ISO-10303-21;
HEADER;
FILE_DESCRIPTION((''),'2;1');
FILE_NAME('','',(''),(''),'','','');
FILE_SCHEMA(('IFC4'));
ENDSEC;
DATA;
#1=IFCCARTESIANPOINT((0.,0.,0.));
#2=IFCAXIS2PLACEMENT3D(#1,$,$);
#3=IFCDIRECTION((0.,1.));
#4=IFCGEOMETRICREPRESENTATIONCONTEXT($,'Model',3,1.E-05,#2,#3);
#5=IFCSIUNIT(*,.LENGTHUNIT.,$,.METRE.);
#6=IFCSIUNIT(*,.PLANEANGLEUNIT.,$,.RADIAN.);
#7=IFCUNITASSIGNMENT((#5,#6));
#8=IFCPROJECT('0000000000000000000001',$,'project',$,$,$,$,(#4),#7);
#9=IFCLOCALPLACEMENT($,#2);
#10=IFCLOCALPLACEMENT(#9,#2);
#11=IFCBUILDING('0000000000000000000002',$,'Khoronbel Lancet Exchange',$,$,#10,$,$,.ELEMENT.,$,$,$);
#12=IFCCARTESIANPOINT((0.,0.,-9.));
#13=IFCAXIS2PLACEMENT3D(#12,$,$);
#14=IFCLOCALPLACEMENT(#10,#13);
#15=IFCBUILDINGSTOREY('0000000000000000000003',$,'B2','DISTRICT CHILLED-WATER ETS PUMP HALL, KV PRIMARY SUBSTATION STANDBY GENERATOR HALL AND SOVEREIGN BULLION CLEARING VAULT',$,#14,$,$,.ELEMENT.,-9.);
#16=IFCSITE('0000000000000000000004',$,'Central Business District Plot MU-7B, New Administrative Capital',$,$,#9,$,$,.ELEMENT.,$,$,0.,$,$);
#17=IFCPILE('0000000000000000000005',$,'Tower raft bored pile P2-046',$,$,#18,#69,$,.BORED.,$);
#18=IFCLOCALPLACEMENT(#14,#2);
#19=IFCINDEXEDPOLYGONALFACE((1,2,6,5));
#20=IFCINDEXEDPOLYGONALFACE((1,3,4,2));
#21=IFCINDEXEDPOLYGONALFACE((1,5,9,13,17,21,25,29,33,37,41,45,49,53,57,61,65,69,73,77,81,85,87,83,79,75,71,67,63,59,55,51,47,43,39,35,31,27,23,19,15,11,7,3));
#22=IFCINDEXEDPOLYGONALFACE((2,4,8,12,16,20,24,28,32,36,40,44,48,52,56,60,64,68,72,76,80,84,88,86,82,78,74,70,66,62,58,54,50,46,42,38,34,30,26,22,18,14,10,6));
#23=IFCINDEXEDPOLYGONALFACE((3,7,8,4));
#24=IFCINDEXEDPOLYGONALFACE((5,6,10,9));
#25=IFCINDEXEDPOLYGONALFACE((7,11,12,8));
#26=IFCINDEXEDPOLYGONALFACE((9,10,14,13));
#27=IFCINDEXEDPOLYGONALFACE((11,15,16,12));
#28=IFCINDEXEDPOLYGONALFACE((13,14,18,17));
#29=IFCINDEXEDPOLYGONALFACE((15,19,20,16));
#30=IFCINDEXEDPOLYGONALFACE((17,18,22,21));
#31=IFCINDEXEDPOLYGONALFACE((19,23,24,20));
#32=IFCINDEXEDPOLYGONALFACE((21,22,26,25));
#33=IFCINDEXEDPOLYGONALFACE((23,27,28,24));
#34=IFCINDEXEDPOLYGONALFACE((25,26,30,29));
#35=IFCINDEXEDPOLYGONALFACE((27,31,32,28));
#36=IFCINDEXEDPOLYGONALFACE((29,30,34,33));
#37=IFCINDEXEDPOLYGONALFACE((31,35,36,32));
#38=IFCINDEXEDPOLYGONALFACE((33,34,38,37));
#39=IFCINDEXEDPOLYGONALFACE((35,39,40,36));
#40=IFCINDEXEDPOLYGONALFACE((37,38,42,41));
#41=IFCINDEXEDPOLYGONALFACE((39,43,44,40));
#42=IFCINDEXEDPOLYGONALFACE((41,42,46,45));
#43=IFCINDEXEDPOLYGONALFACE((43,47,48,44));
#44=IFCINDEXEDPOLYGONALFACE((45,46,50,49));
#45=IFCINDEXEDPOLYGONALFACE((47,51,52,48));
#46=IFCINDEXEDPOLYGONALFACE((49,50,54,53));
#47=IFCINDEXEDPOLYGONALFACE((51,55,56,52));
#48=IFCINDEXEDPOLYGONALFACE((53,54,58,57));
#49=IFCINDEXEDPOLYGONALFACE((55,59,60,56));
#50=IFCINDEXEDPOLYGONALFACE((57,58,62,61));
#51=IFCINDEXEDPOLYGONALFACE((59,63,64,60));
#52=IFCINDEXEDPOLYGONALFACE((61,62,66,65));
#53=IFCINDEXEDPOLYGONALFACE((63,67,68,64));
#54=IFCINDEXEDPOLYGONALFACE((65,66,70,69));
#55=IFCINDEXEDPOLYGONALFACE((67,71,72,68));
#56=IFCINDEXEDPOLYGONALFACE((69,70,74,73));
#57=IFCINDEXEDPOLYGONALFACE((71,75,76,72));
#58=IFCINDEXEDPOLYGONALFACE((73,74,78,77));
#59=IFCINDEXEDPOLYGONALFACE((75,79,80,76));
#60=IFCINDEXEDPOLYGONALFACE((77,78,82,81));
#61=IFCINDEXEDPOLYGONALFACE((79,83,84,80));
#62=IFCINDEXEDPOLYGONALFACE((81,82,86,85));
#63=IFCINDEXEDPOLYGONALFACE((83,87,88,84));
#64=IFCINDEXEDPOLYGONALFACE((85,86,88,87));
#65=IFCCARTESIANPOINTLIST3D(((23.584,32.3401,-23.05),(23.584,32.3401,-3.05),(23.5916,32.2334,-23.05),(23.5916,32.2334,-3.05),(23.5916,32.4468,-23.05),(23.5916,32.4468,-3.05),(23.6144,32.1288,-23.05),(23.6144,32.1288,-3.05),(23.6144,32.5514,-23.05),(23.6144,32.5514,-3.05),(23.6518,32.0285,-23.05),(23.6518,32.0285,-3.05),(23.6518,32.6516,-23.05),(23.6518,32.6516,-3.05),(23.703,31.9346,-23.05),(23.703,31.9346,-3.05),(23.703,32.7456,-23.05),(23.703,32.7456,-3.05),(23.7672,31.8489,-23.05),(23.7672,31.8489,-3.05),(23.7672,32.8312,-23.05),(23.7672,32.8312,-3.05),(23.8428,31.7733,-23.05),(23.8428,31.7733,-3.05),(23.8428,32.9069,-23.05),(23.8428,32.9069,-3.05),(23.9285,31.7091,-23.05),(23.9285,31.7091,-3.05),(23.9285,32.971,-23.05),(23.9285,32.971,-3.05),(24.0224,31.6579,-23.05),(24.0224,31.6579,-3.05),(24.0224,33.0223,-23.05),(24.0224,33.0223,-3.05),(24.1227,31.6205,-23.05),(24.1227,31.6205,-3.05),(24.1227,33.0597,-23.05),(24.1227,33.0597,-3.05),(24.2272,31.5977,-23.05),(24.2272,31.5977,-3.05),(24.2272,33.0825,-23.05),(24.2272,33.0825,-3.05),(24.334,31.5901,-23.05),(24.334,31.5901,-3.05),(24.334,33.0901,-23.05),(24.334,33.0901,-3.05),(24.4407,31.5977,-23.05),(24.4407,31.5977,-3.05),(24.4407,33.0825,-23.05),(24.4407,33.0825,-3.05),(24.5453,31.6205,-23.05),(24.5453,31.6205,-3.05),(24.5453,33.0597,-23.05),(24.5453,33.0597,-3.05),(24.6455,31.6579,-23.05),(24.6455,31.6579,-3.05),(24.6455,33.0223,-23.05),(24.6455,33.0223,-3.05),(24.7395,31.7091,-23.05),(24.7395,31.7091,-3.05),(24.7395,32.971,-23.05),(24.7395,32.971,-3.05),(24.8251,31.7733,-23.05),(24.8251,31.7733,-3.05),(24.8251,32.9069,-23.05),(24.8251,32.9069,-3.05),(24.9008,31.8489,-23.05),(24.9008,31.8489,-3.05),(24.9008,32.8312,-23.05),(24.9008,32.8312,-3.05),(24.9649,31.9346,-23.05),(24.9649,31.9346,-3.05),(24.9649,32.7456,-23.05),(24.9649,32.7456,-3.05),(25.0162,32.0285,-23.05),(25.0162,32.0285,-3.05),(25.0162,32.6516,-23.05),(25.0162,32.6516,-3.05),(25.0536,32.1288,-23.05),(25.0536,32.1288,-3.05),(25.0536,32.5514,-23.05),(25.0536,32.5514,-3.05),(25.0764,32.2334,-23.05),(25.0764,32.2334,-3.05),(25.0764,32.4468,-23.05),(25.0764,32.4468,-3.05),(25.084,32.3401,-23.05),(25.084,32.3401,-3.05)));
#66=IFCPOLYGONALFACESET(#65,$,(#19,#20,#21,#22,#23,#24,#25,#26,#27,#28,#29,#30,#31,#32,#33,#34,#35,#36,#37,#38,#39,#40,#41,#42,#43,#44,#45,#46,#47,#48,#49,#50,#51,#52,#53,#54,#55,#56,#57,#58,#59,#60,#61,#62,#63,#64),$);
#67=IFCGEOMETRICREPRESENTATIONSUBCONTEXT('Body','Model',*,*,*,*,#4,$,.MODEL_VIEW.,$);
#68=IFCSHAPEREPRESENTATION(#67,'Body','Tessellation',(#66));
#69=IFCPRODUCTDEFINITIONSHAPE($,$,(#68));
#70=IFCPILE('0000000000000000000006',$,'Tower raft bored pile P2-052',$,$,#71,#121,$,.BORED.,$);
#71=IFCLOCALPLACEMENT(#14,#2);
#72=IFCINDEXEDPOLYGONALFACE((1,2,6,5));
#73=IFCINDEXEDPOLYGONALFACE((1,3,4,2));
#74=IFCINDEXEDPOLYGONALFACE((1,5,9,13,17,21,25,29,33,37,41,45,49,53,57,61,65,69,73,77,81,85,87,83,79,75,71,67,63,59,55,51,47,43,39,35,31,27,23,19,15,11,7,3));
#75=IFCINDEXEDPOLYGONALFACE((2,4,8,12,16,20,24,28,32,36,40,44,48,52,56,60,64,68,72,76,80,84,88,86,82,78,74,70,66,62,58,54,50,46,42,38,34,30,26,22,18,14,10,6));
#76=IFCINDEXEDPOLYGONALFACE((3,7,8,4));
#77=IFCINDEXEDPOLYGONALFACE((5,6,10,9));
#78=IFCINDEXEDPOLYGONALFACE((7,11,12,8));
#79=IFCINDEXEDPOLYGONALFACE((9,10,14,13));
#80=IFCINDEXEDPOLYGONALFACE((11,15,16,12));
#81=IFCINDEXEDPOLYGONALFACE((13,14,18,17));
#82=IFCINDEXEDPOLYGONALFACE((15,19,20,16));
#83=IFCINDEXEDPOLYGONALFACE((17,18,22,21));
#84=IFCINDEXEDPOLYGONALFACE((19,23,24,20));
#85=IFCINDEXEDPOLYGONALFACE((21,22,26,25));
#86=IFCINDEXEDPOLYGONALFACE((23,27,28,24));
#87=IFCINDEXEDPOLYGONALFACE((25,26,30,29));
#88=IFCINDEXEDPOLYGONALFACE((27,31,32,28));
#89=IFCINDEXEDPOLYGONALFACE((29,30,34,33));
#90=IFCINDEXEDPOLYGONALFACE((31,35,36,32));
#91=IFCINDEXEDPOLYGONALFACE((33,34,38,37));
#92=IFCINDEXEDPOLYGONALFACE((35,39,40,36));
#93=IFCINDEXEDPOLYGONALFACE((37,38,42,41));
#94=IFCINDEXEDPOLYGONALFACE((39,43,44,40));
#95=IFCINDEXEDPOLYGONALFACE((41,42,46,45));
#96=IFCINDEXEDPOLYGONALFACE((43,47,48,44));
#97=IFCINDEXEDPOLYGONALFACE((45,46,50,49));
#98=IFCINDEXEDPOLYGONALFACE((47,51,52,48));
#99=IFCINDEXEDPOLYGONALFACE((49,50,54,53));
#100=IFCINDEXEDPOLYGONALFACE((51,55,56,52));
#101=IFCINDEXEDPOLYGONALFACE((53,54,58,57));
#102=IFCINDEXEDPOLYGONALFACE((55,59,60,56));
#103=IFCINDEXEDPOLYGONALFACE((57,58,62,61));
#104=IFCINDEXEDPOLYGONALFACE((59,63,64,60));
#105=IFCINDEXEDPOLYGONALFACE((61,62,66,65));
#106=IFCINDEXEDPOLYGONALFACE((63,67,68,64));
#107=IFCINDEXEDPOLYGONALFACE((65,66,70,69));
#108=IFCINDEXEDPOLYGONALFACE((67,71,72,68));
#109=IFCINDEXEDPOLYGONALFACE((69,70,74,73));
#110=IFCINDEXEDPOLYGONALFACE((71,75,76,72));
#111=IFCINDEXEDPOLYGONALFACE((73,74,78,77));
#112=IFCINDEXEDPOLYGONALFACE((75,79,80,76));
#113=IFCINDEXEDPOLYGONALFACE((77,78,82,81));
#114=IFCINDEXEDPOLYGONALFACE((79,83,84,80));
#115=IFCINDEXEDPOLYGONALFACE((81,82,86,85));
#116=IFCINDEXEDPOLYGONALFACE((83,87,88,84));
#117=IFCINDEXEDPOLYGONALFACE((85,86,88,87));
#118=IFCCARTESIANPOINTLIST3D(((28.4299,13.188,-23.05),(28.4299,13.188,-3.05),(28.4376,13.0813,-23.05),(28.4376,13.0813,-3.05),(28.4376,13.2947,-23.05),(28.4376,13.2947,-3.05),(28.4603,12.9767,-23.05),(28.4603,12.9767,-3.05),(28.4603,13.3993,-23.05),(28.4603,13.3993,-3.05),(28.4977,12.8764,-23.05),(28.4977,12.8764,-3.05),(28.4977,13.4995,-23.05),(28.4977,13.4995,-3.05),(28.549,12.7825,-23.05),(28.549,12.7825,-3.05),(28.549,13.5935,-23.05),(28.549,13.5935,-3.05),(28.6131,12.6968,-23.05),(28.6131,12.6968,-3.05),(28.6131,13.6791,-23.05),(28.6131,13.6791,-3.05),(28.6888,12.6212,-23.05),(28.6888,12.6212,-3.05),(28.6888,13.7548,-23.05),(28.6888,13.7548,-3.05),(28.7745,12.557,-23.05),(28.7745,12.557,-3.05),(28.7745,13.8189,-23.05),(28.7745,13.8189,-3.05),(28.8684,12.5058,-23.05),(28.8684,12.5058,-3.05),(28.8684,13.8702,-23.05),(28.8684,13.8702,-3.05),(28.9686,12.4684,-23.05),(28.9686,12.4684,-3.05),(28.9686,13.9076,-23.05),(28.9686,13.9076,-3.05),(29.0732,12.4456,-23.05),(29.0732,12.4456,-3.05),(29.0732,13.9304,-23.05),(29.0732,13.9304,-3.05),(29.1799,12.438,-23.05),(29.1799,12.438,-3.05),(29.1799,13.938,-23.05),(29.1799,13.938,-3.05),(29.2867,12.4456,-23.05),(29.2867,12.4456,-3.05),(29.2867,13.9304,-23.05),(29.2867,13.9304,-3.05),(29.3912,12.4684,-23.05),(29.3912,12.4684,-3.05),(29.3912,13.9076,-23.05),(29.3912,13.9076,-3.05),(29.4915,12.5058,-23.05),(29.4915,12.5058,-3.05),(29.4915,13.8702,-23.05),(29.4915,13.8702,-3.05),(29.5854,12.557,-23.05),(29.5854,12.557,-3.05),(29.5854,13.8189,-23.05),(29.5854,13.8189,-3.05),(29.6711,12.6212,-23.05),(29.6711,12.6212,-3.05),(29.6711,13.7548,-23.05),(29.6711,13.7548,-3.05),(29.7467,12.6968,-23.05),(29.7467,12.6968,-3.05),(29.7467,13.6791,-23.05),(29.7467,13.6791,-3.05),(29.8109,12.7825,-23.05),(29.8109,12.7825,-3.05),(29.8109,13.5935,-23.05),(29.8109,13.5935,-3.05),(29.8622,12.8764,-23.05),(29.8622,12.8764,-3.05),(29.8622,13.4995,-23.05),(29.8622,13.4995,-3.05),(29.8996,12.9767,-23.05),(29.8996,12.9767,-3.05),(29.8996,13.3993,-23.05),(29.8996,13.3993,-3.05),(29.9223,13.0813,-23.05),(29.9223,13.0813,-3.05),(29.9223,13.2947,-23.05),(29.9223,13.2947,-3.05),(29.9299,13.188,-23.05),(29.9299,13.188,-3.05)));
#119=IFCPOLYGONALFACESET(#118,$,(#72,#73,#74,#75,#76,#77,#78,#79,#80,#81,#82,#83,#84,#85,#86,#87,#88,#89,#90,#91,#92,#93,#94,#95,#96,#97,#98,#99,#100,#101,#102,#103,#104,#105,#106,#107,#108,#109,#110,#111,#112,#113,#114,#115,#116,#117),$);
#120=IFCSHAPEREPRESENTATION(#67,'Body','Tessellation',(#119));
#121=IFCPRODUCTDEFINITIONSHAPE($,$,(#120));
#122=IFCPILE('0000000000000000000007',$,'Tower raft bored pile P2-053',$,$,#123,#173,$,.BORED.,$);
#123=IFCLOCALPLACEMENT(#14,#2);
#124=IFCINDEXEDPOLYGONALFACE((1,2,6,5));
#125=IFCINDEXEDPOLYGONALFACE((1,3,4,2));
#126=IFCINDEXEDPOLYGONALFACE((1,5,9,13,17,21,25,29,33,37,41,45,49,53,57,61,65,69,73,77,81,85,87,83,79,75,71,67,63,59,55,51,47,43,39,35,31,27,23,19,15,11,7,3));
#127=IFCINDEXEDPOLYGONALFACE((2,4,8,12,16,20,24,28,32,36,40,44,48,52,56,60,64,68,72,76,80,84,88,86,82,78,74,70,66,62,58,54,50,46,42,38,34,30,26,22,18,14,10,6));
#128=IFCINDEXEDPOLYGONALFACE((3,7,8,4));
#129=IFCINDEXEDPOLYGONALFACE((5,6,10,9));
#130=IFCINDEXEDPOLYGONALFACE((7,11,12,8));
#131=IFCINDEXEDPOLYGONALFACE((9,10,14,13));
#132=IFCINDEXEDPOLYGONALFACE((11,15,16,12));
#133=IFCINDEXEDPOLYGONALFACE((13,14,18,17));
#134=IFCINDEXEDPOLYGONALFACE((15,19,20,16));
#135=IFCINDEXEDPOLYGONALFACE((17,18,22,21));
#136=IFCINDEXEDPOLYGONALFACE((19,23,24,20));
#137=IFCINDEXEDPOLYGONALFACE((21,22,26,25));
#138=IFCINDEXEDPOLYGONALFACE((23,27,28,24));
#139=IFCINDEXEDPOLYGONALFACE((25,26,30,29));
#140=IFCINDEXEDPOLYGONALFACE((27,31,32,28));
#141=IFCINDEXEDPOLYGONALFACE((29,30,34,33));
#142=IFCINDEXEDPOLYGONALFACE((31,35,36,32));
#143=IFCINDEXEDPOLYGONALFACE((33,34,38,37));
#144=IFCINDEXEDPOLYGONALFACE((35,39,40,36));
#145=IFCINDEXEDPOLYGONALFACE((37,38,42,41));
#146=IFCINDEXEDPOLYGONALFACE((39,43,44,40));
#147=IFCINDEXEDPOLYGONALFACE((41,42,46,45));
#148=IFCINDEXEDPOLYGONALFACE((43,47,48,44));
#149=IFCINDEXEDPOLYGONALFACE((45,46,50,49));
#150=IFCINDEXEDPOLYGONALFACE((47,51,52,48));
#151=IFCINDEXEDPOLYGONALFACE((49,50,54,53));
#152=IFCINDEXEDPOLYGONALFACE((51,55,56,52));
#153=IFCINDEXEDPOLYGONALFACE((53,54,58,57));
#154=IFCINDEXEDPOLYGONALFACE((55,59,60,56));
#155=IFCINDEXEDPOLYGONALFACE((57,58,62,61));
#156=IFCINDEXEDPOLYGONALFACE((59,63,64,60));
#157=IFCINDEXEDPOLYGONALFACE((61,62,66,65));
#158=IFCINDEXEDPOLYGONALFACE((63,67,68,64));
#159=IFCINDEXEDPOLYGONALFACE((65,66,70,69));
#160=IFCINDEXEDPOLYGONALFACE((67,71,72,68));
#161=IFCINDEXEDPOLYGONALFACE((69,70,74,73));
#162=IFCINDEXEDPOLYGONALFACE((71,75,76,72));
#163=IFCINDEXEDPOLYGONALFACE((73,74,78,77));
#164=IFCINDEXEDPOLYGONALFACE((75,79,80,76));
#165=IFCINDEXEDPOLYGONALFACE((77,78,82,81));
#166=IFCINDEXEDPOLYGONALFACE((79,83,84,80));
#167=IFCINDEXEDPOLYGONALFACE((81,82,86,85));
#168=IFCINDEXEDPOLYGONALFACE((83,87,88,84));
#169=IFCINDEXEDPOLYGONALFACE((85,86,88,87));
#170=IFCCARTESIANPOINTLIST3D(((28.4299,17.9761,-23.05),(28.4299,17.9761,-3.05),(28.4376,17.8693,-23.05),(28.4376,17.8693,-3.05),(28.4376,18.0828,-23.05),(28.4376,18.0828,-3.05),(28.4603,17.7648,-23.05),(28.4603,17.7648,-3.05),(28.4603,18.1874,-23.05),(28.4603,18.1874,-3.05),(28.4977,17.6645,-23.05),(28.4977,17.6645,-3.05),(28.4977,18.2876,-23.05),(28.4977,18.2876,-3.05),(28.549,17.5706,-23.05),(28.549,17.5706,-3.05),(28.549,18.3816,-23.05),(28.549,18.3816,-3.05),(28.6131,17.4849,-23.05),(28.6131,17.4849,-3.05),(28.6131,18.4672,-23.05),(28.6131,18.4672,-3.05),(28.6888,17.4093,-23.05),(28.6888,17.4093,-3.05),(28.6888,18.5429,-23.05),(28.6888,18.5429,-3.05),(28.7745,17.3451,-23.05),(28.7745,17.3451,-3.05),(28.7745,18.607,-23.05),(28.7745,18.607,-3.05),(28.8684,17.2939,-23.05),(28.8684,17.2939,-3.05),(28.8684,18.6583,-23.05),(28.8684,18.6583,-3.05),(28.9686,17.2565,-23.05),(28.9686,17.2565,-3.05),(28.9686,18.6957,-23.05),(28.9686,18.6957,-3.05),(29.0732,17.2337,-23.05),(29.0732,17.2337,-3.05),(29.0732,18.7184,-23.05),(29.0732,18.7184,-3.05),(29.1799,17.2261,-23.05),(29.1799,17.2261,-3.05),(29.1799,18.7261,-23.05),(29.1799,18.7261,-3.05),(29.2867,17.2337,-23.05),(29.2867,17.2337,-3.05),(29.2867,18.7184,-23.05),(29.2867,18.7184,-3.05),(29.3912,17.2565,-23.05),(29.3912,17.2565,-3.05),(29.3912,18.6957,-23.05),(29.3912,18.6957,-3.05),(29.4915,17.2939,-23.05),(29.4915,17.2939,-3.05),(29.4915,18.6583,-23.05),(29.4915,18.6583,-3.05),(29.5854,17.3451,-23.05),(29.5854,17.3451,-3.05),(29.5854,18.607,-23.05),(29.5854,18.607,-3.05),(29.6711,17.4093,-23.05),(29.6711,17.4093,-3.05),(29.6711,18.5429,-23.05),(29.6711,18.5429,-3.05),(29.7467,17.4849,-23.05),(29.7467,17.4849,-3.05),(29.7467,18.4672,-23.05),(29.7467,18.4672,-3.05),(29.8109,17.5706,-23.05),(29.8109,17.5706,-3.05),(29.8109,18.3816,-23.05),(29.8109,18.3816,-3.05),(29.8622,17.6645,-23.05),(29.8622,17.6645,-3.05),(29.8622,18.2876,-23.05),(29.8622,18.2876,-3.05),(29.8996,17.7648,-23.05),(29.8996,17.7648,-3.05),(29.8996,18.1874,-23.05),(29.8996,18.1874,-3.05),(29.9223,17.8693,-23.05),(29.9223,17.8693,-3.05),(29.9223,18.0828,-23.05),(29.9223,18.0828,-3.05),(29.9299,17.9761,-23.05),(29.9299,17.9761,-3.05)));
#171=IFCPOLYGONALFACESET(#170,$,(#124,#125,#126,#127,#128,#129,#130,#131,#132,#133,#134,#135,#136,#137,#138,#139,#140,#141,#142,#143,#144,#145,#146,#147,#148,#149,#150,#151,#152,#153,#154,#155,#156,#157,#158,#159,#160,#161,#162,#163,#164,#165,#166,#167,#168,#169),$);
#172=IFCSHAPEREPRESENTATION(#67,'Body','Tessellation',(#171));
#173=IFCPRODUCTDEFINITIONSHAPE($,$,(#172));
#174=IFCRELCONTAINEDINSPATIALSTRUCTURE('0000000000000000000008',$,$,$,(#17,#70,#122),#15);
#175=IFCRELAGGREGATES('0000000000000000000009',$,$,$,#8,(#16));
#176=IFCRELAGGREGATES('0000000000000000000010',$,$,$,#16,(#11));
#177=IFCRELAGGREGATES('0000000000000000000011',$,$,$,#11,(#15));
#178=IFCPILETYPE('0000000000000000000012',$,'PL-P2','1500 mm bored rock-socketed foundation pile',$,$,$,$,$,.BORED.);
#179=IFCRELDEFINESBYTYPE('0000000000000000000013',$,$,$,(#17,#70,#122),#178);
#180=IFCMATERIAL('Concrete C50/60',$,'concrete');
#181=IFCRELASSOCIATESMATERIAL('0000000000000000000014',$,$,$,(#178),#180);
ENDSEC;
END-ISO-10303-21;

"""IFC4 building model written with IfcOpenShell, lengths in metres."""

from ifc_helpers import new_model, si_unit, direction, frame, origin, origin_2d, place, context, subcontext, project, spatial, circle, extrude, material, material_profile, profile_set, type_object, element, save


model = new_model("IFC4")

# Units and contexts
model_context = context("Model", 3, precision=1e-05, world=origin(), true_north=direction((0.0, 1.0)))
body_context = subcontext(model_context, "Body", "Model", "MODEL_VIEW")
ifc_project = project(units=[si_unit("LENGTHUNIT", "METRE"), si_unit("PLANEANGLEUNIT", "RADIAN")], contexts=[model_context])

# Site, building, storey
site_placement = place(None, origin())
site = spatial("IfcSite", under=ifc_project, at=site_placement, Name="Central Business District Plot MU-7B, New Administrative Capital", CompositionType="ELEMENT", RefElevation=0.0)
building_placement = place(site_placement, origin())
building = spatial("IfcBuilding", under=site, at=building_placement, Name="Khoronbel Lancet Exchange", CompositionType="ELEMENT")
storey_placement = place(building_placement, frame((0.0, 0.0, -9.0)))
storey = spatial("IfcBuildingStorey", under=building, at=storey_placement, Name="B2", Description="DISTRICT CHILLED-WATER ETS PUMP HALL, KV PRIMARY SUBSTATION STANDBY GENERATOR HALL AND SOVEREIGN BULLION CLEARING VAULT", CompositionType="ELEMENT", Elevation=-9.0)

# Piles
ifc_material_1 = material(Name="Concrete C50/60", Category="concrete")
ifc_material_profile_1 = material_profile(ifc_material_1, circle(Radius=0.75, at=origin_2d()), Name="BORED PILE D1500")
ifc_profile_set_1 = profile_set([ifc_material_profile_1], Name="Concrete C50/60")
pile_type = type_object("IfcPileType", Name="PL-P2", Description="1500 mm bored rock-socketed foundation pile", PredefinedType="BORED", material=ifc_profile_set_1)
for number, where, z_axis, x_axis, name in (
    (1, (24.334, 32.3401, -3.05), (0.0, 0.0, -1.0), (1.0, 0.0, 0.0), "Tower raft bored pile P2-046"),
    (2, (29.1799, 13.188, -3.05), (0.0, 0.0, -1.0), (1.0, 0.0, 0.0), "Tower raft bored pile P2-052"),
    (3, (29.1799, 17.9761, -3.05), (0.0, 0.0, -1.0), (1.0, 0.0, 0.0), "Tower raft bored pile P2-053"),
):
    element("IfcPile", number, at=place(storey_placement, frame(where, z_axis=z_axis, x_axis=x_axis)), inside=storey, type_object=pile_type, Name=name, PredefinedType="BORED", context=body_context, shape_type="SweptSolid", body=[
        extrude(circle(Radius=0.75, at=origin_2d()), origin(), (0.0, 0.0, 1.0), 20.0),
    ])

save(model, "model.ifc")
